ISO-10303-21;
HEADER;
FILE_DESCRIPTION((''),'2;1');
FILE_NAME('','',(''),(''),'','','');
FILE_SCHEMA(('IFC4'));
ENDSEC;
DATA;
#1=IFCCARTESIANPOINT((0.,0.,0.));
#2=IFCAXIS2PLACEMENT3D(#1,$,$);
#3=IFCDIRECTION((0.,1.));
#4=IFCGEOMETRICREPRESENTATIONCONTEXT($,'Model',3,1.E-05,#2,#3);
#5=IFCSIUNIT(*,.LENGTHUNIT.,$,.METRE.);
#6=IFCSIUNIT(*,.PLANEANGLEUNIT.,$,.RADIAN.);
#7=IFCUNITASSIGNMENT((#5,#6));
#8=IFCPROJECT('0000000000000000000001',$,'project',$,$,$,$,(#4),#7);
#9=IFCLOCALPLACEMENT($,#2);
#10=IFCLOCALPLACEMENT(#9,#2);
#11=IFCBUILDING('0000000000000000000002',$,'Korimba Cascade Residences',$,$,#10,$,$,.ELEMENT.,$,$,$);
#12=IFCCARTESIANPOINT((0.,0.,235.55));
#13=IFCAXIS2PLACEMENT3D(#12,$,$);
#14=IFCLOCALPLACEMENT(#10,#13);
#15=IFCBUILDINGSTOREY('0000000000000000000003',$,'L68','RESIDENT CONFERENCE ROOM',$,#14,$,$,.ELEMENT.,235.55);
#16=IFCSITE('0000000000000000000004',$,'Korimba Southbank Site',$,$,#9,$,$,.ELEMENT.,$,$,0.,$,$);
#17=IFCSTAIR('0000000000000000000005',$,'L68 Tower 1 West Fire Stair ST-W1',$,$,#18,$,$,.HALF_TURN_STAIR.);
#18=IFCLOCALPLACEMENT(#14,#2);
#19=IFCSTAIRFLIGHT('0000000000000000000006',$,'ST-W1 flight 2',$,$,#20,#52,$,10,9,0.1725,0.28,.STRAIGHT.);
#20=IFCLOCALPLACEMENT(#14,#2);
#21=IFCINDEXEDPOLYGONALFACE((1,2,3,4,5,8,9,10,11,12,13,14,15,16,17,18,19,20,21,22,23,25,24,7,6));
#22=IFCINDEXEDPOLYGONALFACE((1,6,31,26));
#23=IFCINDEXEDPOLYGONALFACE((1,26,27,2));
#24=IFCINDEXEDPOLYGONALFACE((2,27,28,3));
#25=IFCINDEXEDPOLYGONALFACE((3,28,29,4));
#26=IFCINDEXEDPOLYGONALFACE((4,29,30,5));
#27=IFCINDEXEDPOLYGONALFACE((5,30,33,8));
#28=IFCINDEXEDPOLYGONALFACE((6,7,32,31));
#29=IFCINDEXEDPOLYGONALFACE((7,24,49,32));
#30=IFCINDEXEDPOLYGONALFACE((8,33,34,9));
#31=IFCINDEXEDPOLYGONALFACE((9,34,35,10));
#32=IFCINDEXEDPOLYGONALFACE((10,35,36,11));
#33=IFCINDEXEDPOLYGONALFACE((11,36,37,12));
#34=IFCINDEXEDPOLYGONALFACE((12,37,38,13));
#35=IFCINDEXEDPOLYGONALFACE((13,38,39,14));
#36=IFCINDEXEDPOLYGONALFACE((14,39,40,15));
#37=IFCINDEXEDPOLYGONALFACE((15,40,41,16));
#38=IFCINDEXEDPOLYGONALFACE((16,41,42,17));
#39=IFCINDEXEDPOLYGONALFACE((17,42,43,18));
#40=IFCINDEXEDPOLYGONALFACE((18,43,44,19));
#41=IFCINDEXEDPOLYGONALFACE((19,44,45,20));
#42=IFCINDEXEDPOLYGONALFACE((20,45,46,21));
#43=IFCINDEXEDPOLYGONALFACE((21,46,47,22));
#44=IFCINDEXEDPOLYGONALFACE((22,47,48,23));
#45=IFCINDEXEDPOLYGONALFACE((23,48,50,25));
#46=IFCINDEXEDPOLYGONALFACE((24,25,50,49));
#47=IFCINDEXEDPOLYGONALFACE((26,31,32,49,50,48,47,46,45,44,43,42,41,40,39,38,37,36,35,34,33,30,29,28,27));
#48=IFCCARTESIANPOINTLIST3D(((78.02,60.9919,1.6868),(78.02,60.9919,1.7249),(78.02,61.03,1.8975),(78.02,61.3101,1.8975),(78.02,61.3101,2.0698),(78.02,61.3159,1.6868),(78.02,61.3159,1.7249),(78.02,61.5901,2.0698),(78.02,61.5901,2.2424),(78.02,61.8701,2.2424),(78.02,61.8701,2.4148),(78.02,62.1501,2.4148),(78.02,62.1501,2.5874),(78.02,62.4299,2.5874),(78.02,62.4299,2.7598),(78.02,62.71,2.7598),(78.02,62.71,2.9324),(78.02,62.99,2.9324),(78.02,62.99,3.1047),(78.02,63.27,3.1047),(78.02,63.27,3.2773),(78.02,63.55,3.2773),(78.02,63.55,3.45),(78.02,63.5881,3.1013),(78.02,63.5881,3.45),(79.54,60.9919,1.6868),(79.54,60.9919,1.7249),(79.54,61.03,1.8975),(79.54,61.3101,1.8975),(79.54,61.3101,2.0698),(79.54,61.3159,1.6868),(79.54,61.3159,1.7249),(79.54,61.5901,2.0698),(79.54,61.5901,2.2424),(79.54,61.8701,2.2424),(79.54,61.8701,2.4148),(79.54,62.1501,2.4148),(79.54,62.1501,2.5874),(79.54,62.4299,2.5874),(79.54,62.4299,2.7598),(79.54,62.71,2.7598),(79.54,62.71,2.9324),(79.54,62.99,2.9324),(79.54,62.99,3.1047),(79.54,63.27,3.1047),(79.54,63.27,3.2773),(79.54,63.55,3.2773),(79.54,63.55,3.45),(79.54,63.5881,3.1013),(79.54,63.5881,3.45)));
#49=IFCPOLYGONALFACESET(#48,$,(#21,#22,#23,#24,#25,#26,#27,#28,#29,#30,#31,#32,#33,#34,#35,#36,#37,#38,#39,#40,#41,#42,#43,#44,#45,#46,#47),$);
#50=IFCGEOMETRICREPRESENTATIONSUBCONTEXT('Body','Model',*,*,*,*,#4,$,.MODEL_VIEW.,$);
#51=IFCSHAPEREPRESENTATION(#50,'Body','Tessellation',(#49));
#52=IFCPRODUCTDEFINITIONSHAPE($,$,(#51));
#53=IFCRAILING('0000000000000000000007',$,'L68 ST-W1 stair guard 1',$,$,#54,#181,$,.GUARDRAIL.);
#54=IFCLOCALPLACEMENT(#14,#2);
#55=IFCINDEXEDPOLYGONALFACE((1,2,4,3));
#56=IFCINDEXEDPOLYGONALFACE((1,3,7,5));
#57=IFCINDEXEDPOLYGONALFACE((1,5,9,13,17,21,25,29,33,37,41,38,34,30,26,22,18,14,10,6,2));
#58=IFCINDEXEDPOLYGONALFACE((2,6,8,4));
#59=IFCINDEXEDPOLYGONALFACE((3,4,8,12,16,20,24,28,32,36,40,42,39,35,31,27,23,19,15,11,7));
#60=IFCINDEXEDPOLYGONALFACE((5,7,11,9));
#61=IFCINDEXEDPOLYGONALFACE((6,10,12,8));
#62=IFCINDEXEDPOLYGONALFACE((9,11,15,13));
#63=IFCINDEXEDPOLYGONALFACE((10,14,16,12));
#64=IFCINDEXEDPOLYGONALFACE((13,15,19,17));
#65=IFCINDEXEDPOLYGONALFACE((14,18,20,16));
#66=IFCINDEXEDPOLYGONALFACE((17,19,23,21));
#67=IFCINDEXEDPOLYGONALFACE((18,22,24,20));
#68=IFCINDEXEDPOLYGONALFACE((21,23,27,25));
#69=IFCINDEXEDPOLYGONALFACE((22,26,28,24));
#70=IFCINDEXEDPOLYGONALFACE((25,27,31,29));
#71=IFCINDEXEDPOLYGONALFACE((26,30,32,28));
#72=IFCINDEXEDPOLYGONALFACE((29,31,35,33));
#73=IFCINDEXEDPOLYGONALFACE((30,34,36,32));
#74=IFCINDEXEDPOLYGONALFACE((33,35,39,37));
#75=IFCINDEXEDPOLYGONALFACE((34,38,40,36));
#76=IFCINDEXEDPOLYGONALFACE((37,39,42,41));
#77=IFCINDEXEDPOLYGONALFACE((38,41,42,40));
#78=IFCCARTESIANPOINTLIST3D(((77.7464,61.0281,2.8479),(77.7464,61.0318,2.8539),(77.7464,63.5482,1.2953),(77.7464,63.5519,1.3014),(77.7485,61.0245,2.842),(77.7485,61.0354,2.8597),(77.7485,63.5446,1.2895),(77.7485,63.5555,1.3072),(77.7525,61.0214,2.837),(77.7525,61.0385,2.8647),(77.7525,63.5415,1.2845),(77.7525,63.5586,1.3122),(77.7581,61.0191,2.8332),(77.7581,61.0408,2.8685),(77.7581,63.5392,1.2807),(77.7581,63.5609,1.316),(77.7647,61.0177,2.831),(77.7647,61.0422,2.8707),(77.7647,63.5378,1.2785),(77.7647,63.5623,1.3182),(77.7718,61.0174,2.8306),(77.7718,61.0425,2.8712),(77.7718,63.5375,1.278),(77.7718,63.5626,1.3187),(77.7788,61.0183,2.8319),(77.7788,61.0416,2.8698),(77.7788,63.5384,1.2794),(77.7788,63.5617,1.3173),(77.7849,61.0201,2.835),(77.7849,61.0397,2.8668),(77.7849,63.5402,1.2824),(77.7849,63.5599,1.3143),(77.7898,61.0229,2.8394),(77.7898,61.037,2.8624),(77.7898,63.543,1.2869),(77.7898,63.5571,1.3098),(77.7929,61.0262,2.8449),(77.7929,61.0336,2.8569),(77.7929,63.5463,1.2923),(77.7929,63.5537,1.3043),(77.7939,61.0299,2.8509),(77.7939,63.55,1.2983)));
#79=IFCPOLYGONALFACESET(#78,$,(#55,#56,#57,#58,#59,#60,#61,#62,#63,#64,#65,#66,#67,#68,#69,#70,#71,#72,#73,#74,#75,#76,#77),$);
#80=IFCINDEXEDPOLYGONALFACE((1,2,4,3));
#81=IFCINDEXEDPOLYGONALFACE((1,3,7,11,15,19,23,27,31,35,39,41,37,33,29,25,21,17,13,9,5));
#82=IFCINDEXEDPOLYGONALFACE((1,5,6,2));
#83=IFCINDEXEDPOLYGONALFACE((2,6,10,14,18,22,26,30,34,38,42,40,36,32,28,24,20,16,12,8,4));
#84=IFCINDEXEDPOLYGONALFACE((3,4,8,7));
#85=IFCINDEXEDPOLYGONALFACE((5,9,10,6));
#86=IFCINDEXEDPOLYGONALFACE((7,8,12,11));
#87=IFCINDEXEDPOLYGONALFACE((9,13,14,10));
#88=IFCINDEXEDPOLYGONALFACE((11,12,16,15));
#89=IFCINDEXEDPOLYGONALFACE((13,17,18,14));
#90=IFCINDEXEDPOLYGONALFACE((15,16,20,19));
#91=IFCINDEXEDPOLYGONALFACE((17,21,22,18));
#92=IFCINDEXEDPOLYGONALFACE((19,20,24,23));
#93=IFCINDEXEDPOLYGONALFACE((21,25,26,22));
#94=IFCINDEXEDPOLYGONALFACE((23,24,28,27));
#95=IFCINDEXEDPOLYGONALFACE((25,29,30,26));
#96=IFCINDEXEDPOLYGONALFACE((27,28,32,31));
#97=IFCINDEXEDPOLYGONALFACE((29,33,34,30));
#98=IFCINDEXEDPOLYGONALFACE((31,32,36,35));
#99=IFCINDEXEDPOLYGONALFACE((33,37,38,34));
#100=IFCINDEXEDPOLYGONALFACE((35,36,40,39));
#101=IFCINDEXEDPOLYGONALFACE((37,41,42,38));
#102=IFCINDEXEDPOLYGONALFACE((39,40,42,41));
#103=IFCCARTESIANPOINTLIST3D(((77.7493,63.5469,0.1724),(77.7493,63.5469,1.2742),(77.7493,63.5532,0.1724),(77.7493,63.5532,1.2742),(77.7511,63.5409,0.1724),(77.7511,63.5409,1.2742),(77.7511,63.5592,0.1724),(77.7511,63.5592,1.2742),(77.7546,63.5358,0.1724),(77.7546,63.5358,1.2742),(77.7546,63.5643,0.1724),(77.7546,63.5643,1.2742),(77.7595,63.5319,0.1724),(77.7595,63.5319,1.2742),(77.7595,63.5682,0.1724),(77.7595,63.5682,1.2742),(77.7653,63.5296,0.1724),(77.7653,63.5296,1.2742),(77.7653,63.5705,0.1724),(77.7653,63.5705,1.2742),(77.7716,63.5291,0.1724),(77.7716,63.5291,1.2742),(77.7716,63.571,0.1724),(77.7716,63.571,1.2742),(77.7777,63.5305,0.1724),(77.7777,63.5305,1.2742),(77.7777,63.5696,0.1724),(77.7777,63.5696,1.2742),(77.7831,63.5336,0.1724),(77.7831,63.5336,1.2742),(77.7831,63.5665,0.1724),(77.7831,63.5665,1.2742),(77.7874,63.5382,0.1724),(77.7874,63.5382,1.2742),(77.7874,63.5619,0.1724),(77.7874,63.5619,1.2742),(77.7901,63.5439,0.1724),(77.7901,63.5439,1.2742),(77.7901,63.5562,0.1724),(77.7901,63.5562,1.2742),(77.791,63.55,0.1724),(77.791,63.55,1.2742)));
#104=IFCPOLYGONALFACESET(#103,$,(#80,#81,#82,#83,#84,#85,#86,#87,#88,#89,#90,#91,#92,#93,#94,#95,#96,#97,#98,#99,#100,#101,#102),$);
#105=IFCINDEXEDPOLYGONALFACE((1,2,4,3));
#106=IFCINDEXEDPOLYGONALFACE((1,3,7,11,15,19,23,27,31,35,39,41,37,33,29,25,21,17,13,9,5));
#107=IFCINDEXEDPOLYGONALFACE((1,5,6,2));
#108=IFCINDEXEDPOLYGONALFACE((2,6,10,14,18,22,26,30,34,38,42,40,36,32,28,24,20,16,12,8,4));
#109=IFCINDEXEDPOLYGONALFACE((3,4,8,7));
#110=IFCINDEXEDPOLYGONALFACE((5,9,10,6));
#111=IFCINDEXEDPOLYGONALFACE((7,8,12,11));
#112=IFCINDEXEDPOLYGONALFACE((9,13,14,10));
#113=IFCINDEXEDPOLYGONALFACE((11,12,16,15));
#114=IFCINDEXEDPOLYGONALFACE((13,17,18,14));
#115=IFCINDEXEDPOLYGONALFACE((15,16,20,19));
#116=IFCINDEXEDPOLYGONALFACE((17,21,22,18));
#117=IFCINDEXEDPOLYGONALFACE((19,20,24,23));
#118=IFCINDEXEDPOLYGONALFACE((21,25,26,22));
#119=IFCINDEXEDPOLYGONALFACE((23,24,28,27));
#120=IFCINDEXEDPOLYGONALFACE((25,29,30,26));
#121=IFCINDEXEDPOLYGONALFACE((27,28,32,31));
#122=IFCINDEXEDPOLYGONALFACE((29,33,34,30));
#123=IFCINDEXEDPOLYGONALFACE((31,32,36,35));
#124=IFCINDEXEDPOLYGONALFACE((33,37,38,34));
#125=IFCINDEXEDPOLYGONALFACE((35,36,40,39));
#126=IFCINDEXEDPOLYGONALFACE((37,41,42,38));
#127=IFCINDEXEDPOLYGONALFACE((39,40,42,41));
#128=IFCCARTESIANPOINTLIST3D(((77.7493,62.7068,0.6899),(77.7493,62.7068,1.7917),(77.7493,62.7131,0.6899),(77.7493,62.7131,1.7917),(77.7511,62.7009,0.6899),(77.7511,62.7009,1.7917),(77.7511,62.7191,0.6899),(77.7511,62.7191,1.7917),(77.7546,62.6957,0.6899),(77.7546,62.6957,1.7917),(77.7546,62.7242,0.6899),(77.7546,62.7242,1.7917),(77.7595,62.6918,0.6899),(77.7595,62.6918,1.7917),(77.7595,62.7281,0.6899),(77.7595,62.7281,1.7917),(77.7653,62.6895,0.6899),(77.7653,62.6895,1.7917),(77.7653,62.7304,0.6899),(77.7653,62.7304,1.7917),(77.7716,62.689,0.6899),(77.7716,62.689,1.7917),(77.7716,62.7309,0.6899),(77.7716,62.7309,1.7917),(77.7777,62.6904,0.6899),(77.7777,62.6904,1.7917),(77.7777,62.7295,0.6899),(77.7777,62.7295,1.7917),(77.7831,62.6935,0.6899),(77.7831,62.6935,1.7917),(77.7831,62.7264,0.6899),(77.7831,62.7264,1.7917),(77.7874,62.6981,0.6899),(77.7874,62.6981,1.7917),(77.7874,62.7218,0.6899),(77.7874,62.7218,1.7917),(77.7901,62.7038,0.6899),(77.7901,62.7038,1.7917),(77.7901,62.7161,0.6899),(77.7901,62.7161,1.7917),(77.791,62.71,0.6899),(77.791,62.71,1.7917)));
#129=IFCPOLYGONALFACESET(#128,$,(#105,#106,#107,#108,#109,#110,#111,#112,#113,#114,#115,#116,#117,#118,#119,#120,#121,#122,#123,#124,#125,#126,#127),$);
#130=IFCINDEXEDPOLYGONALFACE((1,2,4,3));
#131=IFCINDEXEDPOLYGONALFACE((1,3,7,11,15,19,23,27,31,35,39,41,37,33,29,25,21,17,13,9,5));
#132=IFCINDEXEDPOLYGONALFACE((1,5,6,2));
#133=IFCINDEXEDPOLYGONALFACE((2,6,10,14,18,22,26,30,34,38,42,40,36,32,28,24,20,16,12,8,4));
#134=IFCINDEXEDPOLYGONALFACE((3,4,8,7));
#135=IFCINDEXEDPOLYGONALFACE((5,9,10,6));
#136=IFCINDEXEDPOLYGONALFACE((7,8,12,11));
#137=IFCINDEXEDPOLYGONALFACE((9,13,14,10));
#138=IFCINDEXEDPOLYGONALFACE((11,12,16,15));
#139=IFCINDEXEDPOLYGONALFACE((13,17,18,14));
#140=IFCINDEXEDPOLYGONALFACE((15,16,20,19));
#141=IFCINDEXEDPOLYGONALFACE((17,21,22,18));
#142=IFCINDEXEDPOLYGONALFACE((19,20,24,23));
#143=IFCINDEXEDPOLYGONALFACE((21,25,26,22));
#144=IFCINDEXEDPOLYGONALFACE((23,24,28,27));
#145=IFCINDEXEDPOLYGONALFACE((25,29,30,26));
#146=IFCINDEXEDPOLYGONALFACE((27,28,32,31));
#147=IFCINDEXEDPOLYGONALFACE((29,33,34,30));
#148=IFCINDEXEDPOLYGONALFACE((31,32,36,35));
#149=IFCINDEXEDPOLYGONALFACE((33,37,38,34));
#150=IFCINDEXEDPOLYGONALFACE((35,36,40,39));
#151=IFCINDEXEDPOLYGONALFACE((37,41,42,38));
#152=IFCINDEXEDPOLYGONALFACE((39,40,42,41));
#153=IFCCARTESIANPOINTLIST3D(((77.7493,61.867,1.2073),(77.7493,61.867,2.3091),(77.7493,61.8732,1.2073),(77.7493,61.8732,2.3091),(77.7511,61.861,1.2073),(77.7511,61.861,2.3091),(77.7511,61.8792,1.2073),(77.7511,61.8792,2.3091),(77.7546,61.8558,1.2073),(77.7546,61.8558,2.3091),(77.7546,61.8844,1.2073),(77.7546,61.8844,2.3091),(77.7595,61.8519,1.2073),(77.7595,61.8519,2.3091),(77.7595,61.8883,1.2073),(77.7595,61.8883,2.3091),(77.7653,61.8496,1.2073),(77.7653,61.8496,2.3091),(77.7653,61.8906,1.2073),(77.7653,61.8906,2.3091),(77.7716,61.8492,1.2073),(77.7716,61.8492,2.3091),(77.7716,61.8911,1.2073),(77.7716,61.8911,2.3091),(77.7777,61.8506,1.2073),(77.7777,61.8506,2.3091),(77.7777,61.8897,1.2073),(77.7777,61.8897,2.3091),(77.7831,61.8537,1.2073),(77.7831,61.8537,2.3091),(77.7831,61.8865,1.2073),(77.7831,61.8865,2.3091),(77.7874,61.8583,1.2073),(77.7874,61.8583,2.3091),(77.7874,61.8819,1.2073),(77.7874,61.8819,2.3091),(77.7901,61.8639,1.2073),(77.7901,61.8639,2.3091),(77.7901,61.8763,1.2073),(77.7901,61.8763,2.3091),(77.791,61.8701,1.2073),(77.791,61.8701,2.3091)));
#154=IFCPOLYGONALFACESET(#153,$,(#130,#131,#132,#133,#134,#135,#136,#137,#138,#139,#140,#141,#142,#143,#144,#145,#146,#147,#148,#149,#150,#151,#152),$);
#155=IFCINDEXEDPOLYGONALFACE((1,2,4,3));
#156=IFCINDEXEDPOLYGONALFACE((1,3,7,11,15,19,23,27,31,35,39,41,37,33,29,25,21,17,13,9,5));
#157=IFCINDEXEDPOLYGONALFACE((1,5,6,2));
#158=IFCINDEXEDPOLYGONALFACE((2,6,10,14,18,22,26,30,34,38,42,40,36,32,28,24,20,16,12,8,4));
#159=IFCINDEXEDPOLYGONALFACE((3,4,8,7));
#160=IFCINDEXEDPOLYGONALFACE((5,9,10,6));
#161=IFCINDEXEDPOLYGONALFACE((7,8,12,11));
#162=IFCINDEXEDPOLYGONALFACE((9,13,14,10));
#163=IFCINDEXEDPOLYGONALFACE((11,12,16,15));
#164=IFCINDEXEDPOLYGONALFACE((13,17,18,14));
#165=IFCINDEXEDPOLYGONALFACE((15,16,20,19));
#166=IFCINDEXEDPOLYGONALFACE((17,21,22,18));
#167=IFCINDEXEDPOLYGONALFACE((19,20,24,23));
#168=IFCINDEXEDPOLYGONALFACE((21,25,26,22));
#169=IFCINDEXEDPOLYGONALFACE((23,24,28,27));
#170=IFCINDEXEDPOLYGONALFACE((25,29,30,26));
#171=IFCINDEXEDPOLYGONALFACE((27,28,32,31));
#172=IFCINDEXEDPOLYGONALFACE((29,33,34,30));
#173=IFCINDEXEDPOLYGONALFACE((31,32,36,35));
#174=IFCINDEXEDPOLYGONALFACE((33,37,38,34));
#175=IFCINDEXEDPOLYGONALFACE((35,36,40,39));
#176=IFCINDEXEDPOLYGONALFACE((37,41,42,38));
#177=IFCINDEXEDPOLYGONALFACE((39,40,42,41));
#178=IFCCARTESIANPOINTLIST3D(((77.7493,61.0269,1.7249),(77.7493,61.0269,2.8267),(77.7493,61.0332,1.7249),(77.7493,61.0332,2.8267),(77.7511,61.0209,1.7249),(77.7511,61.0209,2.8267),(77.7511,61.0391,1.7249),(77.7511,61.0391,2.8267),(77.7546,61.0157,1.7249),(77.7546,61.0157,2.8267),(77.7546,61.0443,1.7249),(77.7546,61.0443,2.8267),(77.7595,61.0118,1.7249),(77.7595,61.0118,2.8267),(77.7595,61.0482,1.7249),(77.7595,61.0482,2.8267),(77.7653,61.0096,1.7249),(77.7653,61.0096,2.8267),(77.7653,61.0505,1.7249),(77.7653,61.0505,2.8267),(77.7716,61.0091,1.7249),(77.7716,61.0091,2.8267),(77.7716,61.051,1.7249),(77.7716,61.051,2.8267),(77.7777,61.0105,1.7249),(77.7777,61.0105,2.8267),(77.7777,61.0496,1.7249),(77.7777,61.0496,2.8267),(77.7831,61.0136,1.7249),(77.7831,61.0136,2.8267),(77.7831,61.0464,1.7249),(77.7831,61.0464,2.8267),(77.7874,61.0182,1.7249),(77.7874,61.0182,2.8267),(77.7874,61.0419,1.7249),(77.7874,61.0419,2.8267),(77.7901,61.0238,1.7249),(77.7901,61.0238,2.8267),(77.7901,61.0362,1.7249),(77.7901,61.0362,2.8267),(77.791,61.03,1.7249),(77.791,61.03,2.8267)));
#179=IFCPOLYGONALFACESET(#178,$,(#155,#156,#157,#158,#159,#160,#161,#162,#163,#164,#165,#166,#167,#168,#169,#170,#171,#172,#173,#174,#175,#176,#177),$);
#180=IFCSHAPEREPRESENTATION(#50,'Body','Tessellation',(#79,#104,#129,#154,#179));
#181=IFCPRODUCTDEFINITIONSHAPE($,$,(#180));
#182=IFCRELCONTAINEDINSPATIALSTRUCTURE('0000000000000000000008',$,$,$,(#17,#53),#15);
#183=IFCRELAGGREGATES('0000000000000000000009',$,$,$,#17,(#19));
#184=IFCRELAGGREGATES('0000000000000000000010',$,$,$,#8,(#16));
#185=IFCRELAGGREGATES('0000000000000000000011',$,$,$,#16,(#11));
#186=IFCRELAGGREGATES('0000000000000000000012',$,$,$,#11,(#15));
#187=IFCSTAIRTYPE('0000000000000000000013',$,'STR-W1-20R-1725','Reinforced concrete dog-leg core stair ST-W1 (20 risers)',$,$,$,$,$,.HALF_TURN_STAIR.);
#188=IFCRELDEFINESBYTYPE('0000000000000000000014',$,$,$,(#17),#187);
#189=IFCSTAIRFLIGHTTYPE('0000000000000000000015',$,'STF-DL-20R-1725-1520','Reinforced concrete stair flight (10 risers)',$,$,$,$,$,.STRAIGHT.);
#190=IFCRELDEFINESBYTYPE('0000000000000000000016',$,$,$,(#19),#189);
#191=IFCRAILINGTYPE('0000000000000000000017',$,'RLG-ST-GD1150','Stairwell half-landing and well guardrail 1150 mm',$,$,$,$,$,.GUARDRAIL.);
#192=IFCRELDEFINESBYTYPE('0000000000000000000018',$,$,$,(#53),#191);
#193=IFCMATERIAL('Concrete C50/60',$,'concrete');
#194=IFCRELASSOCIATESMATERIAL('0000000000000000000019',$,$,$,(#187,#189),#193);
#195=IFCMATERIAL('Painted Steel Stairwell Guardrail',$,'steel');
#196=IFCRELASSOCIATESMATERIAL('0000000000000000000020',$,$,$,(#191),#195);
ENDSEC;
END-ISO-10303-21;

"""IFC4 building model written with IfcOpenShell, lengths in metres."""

from ifc_helpers import new_model, si_unit, direction, frame, origin, origin_2d, place, context, subcontext, project, spatial, polyline, circle, outline, extrude, material, type_object, element, aggregate, save


model = new_model("IFC4")

# Units and contexts
model_context = context("Model", 3, precision=1e-05, world=origin(), true_north=direction((0.0, 1.0)))
body_context = subcontext(model_context, "Body", "Model", "MODEL_VIEW")
ifc_project = project(units=[si_unit("LENGTHUNIT", "METRE"), si_unit("PLANEANGLEUNIT", "RADIAN")], contexts=[model_context])

# Site, building, storey
site_placement = place(None, origin())
site = spatial("IfcSite", under=ifc_project, at=site_placement, Name="Korimba Southbank Site", CompositionType="ELEMENT", RefElevation=0.0)
building_placement = place(site_placement, origin())
building = spatial("IfcBuilding", under=site, at=building_placement, Name="Korimba Cascade Residences", CompositionType="ELEMENT")
storey_placement = place(building_placement, frame((0.0, 0.0, 235.55)))
storey = spatial("IfcBuildingStorey", under=building, at=storey_placement, Name="L68", Description="RESIDENT CONFERENCE ROOM", CompositionType="ELEMENT", Elevation=235.55)

# Shared definitions
ifc_material_1 = material(Name="Concrete C50/60", Category="concrete")

# Stair, stair flight
stair_type = type_object("IfcStairType", Name="STR-W1-20R-1725", Description="Reinforced concrete dog-leg core stair ST-W1 (20 risers)", PredefinedType="HALF_TURN_STAIR", material=ifc_material_1)
stair_placement = place(storey_placement, origin())
stair = element("IfcStair", 1, at=stair_placement, inside=storey, type_object=stair_type, Name="L68 Tower 1 West Fire Stair ST-W1", PredefinedType="HALF_TURN_STAIR")
stair_flight_type = type_object("IfcStairFlightType", Name="STF-DL-20R-1725-1520", Description="Reinforced concrete stair flight (10 risers)", PredefinedType="STRAIGHT", material=ifc_material_1)
stair_flight_1_placement = place(storey_placement, frame((78.78, 61.03, 1.7249), z_axis=(0.0, 0.0, 1.0), x_axis=(0.0, 1.0, 0.0)))
stair_flight_1 = element("IfcStairFlight", 2, at=stair_flight_1_placement, type_object=stair_flight_type, Name="ST-W1 flight 2", NumberOfRisers=10, NumberOfTreads=9, PredefinedType="STRAIGHT", RiserHeight=0.1725, TreadLength=0.28, context=body_context, shape_type="SweptSolid", body=[
    extrude(outline(polyline([(-0.0381, 0.0), (0.0, 0.1726), (0.28, 0.1726), (0.28, 0.345), (0.5601, 0.345), (0.5601, 0.5176), (0.8401, 0.5176), (0.8401, 0.6899), (1.1201, 0.6899), (1.1201, 0.8625), (1.3999, 0.8625), (1.3999, 1.0349), (1.6799, 1.0349), (1.6799, 1.2075), (1.96, 1.2075), (1.96, 1.3799), (2.24, 1.3799), (2.24, 1.5525), (2.52, 1.5525), (2.52, 1.7251), (2.5581, 1.7251), (2.5581, 1.3765), (0.2859, 0.0), (0.2859, -0.0381), (-0.0381, -0.0381), (-0.0381, 0.0)])), frame((0.0, 0.76, 0.0), z_axis=(0.0, -1.0, 0.0), x_axis=(1.0, 0.0, 0.0)), (0.0, 0.0, 1.0), 1.52),
])
aggregate(stair, [stair_flight_1])

# Railing
ifc_material_2 = material(Name="Painted Steel Stairwell Guardrail", Category="steel")
railing_type_1 = type_object("IfcRailingType", Name="RLG-ST-GD1150", Description="Stairwell half-landing and well guardrail 1150 mm", PredefinedType="GUARDRAIL", material=ifc_material_2)
railing_1_placement = place(storey_placement, frame((77.77, 63.55, 0.1724)))
element("IfcRailing", 3, at=railing_1_placement, inside=storey, type_object=railing_type_1, Name="L68 ST-W1 stair guard 1", PredefinedType="GUARDRAIL", context=body_context, shape_type="SweptSolid", body=[
    extrude(circle(Radius=0.0239, at=origin_2d()), frame((0.0, 0.0, 1.126), z_axis=(0.0, -0.8514, 0.524516), x_axis=(1.0, 0.0, 0.0)), (0.0, 0.0, 1.0), 2.96),
    extrude(circle(Radius=0.021, at=origin_2d()), origin(), (0.0, 0.0, 1.0), 1.1018),
    extrude(circle(Radius=0.021, at=origin_2d()), frame((0.0, -0.8401, 0.5176)), (0.0, 0.0, 1.0), 1.1018),
    extrude(circle(Radius=0.021, at=origin_2d()), frame((0.0, -1.6799, 1.0349)), (0.0, 0.0, 1.0), 1.1018),
    extrude(circle(Radius=0.021, at=origin_2d()), frame((0.0, -2.52, 1.5525)), (0.0, 0.0, 1.0), 1.1018),
])

save(model, "model.ifc")
